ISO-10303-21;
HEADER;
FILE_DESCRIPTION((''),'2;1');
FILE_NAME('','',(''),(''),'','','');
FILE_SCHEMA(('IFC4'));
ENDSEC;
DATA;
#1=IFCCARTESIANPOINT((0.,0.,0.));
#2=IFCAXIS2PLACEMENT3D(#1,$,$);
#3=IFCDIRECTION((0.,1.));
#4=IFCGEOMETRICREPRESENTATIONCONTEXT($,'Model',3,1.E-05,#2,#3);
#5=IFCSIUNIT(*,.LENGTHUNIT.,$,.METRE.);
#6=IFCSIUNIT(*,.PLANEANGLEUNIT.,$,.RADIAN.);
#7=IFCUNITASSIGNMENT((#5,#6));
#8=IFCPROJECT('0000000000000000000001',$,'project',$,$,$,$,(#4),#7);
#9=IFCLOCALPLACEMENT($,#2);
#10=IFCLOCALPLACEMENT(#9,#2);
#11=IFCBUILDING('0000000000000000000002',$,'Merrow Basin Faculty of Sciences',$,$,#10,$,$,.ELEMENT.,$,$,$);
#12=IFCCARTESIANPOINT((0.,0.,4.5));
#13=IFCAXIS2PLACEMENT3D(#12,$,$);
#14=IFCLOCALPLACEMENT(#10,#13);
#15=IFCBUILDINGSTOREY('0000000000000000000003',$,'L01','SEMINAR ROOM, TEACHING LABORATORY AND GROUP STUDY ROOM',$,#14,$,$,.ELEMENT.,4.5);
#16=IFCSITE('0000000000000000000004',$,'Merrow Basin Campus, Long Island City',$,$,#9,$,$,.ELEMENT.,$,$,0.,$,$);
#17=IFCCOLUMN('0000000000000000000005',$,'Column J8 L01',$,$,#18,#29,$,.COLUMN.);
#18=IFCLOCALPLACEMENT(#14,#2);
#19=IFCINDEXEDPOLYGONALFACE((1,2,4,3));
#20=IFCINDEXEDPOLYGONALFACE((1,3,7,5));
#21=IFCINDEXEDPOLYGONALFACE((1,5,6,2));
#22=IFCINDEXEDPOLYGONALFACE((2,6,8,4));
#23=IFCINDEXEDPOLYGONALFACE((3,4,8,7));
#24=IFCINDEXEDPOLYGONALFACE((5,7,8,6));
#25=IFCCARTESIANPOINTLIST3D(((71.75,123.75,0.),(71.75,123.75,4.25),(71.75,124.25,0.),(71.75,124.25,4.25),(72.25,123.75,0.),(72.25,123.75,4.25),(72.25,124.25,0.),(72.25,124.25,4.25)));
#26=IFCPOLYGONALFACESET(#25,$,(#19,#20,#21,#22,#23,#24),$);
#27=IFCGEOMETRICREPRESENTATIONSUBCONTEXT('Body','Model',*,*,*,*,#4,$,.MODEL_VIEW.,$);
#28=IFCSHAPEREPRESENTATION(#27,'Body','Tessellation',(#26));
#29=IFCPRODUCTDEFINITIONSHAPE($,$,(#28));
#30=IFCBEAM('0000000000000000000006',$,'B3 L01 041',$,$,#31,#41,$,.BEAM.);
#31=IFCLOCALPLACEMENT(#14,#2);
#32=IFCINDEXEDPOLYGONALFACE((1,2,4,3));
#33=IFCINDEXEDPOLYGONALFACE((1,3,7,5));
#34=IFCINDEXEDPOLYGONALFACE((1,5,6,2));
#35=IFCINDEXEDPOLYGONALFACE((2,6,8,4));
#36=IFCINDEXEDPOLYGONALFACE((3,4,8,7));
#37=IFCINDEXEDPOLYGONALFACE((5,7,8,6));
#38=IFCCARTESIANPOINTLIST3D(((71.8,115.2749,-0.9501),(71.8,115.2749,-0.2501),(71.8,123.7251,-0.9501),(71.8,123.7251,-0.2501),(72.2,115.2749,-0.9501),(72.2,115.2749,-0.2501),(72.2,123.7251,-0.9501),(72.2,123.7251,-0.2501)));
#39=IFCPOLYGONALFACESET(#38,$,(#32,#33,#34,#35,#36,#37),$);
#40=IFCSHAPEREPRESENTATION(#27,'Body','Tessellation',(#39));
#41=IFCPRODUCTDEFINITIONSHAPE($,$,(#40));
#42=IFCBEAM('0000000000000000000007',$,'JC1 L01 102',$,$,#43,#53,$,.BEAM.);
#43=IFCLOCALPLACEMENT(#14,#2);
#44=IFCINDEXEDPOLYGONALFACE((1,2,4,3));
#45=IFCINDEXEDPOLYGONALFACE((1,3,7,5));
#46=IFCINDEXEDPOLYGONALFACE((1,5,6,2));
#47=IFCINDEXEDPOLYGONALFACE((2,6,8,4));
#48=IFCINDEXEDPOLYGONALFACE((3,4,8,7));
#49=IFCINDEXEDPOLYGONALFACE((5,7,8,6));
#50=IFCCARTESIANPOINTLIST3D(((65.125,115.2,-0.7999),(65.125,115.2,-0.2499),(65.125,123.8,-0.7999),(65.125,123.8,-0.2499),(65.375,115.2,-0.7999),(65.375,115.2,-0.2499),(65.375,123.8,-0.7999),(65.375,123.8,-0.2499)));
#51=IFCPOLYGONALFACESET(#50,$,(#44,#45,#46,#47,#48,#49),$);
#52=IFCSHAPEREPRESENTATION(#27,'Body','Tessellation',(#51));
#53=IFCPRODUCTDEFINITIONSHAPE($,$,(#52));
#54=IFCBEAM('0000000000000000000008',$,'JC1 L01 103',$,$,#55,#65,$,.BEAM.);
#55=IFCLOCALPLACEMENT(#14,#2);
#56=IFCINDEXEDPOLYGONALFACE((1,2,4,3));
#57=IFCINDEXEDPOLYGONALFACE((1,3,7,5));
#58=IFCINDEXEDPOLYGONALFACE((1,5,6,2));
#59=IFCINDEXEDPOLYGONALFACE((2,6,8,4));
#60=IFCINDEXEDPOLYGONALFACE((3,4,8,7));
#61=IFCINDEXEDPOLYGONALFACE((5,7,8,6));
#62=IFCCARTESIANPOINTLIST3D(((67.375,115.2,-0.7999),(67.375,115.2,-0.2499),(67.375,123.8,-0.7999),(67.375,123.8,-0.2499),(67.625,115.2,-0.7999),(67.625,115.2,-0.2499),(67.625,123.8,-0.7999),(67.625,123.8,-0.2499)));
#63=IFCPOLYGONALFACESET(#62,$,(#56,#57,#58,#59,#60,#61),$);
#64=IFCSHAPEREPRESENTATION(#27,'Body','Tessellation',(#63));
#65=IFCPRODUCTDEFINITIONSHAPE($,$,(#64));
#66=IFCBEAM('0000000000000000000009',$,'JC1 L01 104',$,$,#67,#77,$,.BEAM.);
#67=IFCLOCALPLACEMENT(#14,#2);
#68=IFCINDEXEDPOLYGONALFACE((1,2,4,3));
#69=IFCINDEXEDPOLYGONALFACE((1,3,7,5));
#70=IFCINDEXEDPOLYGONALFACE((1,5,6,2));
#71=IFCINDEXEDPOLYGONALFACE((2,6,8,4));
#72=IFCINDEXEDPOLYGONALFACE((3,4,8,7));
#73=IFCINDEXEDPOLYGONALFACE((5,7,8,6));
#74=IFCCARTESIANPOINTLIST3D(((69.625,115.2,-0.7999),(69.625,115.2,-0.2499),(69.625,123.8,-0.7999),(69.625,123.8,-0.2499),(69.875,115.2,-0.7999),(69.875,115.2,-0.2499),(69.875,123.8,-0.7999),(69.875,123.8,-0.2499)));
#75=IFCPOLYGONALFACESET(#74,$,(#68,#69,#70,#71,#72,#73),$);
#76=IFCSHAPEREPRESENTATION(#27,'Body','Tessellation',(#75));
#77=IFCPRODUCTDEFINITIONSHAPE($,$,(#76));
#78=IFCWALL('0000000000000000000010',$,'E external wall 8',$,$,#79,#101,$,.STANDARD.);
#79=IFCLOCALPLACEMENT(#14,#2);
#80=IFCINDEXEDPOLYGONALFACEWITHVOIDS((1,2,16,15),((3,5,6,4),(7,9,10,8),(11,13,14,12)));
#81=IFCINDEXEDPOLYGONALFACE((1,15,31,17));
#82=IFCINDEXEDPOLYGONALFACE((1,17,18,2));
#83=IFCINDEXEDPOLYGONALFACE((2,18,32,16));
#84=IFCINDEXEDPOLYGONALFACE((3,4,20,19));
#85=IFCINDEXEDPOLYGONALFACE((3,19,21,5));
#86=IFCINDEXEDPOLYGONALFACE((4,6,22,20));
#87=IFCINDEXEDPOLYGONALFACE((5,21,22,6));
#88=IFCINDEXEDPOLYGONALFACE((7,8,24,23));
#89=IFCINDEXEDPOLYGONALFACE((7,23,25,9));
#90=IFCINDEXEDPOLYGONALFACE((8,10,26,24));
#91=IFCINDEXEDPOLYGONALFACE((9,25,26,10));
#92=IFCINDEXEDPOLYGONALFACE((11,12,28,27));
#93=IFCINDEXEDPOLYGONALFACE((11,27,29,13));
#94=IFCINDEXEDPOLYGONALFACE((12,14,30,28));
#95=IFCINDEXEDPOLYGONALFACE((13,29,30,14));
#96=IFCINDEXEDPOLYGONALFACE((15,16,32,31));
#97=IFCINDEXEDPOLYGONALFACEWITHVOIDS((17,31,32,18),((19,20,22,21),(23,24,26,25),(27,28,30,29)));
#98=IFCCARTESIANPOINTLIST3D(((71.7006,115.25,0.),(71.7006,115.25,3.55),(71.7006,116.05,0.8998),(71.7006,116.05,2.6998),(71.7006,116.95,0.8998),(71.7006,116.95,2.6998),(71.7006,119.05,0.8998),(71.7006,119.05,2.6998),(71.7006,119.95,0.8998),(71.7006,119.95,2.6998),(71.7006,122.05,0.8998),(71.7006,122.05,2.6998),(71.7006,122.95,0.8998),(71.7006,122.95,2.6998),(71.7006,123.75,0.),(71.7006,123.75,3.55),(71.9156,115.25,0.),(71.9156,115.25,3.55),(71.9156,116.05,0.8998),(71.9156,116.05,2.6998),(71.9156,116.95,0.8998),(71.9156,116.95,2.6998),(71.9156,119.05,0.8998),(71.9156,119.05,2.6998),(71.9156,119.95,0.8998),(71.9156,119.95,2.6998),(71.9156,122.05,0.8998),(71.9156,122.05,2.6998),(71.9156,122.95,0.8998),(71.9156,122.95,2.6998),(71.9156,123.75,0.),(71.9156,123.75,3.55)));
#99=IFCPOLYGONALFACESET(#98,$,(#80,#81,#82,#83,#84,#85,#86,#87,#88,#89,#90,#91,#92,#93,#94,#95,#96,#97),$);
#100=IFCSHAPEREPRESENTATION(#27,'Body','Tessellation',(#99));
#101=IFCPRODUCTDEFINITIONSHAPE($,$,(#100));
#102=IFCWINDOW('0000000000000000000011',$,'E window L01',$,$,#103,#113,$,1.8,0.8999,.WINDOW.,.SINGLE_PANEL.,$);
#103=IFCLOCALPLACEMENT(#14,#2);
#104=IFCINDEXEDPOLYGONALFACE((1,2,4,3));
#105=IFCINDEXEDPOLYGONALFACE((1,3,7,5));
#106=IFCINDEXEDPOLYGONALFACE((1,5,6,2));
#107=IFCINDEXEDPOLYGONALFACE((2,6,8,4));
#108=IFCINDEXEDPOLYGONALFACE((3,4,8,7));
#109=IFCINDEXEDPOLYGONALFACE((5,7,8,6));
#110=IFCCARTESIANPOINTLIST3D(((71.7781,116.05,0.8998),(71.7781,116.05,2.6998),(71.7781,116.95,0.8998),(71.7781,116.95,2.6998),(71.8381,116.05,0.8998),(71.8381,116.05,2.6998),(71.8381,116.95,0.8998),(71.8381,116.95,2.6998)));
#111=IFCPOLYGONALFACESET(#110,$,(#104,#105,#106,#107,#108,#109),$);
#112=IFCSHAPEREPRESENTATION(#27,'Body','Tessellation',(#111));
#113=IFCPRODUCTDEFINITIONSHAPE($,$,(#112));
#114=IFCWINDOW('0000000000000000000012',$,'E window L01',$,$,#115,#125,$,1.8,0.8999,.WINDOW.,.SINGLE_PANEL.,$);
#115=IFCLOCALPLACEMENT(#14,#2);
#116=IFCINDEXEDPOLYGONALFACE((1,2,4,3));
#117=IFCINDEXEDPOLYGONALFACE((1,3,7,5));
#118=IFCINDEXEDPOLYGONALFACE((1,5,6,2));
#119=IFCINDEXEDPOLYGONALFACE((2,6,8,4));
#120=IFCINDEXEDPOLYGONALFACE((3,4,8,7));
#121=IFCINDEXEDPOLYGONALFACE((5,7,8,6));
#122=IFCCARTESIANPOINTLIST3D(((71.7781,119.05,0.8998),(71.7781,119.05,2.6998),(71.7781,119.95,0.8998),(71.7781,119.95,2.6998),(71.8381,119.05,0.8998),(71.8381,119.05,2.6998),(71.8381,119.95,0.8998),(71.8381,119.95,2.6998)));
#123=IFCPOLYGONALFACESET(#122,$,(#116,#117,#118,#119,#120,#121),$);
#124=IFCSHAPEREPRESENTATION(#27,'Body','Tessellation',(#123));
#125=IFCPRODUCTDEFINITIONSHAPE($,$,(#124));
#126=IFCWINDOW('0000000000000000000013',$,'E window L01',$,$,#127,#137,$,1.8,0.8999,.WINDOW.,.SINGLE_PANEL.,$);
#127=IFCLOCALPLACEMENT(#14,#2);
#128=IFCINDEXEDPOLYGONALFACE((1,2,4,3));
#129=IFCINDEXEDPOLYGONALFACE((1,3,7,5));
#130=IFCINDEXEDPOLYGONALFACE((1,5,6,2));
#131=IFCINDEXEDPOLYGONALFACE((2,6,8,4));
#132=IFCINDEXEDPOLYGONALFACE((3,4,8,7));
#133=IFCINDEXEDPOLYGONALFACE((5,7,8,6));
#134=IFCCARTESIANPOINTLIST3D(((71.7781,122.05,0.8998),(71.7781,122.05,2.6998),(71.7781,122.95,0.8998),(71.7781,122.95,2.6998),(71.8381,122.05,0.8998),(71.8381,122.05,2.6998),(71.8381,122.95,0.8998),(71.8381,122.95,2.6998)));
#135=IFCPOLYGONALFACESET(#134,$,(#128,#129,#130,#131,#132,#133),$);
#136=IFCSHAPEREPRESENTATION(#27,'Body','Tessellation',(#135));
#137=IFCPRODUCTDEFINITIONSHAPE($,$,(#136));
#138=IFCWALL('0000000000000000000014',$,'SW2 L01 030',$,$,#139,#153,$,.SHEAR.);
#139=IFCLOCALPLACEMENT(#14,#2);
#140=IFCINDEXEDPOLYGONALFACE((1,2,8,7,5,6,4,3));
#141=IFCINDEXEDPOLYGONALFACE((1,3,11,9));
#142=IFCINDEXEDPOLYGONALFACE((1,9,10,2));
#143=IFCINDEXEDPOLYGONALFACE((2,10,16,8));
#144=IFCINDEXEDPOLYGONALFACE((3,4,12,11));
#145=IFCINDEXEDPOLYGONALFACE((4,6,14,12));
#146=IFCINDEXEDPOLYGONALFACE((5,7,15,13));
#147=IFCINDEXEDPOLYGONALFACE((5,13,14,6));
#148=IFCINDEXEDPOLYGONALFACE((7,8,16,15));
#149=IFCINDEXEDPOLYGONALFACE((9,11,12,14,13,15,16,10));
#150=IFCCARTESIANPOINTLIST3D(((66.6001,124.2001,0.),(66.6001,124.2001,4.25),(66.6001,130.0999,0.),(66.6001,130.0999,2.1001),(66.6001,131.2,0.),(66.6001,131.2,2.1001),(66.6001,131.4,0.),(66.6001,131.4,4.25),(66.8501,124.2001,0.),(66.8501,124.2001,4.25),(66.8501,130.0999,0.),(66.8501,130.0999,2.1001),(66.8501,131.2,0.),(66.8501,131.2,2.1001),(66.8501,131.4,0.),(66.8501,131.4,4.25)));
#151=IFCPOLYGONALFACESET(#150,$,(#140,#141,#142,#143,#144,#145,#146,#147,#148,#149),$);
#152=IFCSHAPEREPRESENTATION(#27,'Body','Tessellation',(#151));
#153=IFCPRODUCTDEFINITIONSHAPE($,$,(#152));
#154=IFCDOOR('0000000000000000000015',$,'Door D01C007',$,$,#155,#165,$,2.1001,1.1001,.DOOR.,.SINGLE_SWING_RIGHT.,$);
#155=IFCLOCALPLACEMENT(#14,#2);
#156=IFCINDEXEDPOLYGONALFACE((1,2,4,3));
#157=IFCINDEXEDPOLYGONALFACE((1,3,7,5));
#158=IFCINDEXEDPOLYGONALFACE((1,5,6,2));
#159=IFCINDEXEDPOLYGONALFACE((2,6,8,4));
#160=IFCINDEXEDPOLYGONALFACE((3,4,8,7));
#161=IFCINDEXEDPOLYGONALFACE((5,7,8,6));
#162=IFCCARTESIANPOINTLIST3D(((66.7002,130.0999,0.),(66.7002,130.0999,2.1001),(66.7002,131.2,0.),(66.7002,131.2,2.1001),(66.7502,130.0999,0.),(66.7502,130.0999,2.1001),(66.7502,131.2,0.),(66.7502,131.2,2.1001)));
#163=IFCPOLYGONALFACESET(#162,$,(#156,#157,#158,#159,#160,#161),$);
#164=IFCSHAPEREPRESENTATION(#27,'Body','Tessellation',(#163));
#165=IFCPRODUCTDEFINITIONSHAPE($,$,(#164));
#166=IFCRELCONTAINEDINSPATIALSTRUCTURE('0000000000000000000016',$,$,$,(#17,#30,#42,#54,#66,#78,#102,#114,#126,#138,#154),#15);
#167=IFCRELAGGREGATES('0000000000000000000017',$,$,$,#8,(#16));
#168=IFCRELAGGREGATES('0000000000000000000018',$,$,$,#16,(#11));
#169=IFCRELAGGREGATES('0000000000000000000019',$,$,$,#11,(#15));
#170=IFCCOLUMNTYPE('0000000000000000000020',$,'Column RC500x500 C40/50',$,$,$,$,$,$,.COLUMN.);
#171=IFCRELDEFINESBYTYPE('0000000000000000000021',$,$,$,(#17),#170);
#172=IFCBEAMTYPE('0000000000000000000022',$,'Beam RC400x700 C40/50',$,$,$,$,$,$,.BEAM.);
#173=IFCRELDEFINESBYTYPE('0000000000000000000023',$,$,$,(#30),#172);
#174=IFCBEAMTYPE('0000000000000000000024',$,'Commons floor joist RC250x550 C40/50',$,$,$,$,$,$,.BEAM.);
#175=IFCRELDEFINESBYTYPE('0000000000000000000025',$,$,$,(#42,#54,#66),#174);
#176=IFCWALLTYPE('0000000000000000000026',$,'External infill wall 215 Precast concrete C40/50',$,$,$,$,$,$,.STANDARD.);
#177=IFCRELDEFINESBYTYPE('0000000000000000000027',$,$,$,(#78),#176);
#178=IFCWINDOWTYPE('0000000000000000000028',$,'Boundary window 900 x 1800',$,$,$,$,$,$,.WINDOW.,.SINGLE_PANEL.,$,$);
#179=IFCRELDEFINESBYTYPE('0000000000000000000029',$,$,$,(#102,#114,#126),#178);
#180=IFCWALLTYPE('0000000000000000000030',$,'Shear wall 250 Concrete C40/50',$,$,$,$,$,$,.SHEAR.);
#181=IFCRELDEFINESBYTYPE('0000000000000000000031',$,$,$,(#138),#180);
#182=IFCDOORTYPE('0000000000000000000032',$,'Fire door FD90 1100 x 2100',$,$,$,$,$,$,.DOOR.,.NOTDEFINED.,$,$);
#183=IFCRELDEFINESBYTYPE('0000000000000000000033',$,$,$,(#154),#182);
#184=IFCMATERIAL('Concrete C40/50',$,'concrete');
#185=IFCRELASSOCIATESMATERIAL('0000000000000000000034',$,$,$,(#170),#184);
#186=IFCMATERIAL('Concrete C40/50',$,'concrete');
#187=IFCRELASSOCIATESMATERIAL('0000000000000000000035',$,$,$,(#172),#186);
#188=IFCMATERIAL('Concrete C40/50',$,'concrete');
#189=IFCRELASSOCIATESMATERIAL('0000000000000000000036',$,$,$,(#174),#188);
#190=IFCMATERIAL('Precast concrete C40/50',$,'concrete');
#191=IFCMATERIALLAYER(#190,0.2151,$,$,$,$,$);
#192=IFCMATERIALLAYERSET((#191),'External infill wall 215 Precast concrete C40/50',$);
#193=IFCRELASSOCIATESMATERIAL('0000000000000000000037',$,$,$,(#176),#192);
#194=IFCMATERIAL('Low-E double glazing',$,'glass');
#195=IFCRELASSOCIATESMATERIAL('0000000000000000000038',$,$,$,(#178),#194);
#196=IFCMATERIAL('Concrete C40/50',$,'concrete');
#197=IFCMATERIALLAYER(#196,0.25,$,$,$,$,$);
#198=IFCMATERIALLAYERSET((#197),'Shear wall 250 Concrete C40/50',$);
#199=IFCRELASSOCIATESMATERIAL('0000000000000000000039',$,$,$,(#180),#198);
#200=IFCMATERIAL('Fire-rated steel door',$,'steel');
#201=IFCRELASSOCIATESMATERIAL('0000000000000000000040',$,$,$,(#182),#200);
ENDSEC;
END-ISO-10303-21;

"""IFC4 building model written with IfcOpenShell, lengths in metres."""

from ifc_helpers import new_model, si_unit, direction, frame, frame_2d, origin, origin_2d, place, context, subcontext, project, spatial, rectangle, extrude, material, layer, layer_set, material_profile, profile_set, type_object, element, fill, save


model = new_model("IFC4")

# Units and contexts
model_context = context("Model", 3, precision=1e-05, world=origin(), true_north=direction((0.0, 1.0)))
body_context = subcontext(model_context, "Body", "Model", "MODEL_VIEW")
ifc_project = project(units=[si_unit("LENGTHUNIT", "METRE"), si_unit("PLANEANGLEUNIT", "RADIAN")], contexts=[model_context])

# Site, building, storey
site_placement = place(None, origin())
site = spatial("IfcSite", under=ifc_project, at=site_placement, Name="Merrow Basin Campus, Long Island City", CompositionType="ELEMENT", RefElevation=0.0)
building_placement = place(site_placement, origin())
building = spatial("IfcBuilding", under=site, at=building_placement, Name="Merrow Basin Faculty of Sciences", CompositionType="ELEMENT")
storey_placement = place(building_placement, frame((0.0, 0.0, 4.5)))
storey = spatial("IfcBuildingStorey", under=building, at=storey_placement, Name="L01", Description="SEMINAR ROOM, TEACHING LABORATORY AND GROUP STUDY ROOM", CompositionType="ELEMENT", Elevation=4.5)

# Column
ifc_material_1 = material(Name="Concrete C40/50", Category="concrete")
ifc_material_profile_1 = material_profile(ifc_material_1, rectangle(XDim=0.5, YDim=0.5, at=origin_2d()))
ifc_profile_set_1 = profile_set([ifc_material_profile_1], Name="Concrete C40/50")
column_type = type_object("IfcColumnType", Name="Column RC500x500 C40/50", PredefinedType="COLUMN", material=ifc_profile_set_1)
column_placement = place(storey_placement, frame((72.0, 124.0, 0.0), z_axis=(0.0, 0.0, 1.0), x_axis=(1.0, 0.0, 0.0)))
element("IfcColumn", 1, at=column_placement, inside=storey, type_object=column_type, Name="Column J8 L01", PredefinedType="COLUMN", context=body_context, shape_type="SweptSolid", body=[
    extrude(rectangle(XDim=0.5, YDim=0.5, at=origin_2d()), origin(), (0.0, 0.0, 1.0), 4.25),
])

# Beams
ifc_material_2 = material(Name="Concrete C40/50", Category="concrete")
ifc_material_profile_2 = material_profile(ifc_material_2, rectangle(XDim=0.3999, YDim=0.7, at=origin_2d()))
ifc_profile_set_2 = profile_set([ifc_material_profile_2], Name="Concrete C40/50")
beam_type_1 = type_object("IfcBeamType", Name="Beam RC400x700 C40/50", PredefinedType="BEAM", material=ifc_profile_set_2)
beam_placement = place(storey_placement, frame((72.0, 115.2749, -0.6001), z_axis=(0.0, 1.0, 0.0), x_axis=(-1.0, 0.0, 0.0)))
element("IfcBeam", 2, at=beam_placement, inside=storey, type_object=beam_type_1, Name="B3 L01 041", PredefinedType="BEAM", context=body_context, shape_type="SweptSolid", body=[
    extrude(rectangle(XDim=0.3999, YDim=0.7, at=origin_2d()), origin(), (0.0, 0.0, 1.0), 8.4502),
])
ifc_material_3 = material(Name="Concrete C40/50", Category="concrete")
ifc_material_profile_3 = material_profile(ifc_material_3, rectangle(XDim=0.25, YDim=0.55, at=origin_2d()))
ifc_profile_set_3 = profile_set([ifc_material_profile_3], Name="Concrete C40/50")
beam_type_2 = type_object("IfcBeamType", Name="Commons floor joist RC250x550 C40/50", PredefinedType="BEAM", material=ifc_profile_set_3)
for number, where, z_axis, x_axis, name in (
    (3, (65.25, 115.2, -0.5249), (0.0, 1.0, 0.0), (-1.0, 0.0, 0.0), "JC1 L01 102"),
    (4, (67.5, 115.2, -0.5249), (0.0, 1.0, 0.0), (-1.0, 0.0, 0.0), "JC1 L01 103"),
    (5, (69.75, 115.2, -0.5249), (0.0, 1.0, 0.0), (-1.0, 0.0, 0.0), "JC1 L01 104"),
):
    element("IfcBeam", number, at=place(storey_placement, frame(where, z_axis=z_axis, x_axis=x_axis)), inside=storey, type_object=beam_type_2, Name=name, PredefinedType="BEAM", context=body_context, shape_type="SweptSolid", body=[
        extrude(rectangle(XDim=0.25, YDim=0.55, at=origin_2d()), origin(), (0.0, 0.0, 1.0), 8.6001),
    ])

# Wall, openings, windows
ifc_material_4 = material(Name="Precast concrete C40/50", Category="concrete")
ifc_layer_1 = layer(ifc_material_4, 0.2151)
ifc_layer_set_1 = layer_set([ifc_layer_1], Name="External infill wall 215 Precast concrete C40/50")
wall_type_1 = type_object("IfcWallType", Name="External infill wall 215 Precast concrete C40/50", PredefinedType="STANDARD", material=ifc_layer_set_1)
wall_1_placement = place(storey_placement, frame((71.8081, 123.75, 0.0), z_axis=(0.0, 0.0, 1.0), x_axis=(0.0, -1.0, 0.0)))
wall_1 = element("IfcWall", 6, at=wall_1_placement, inside=storey, type_object=wall_type_1, Name="E external wall 8", PredefinedType="STANDARD", context=body_context, shape_type="SweptSolid", body=[
    extrude(rectangle(XDim=8.5, YDim=0.2151, at=frame_2d((4.25, 0.0))), origin(), (0.0, 0.0, 1.0), 3.55),
])
opening_1_placement = place(wall_1_placement, frame((6.8, 0.0, 0.8999)))
opening_1 = element("IfcOpeningElement", 7, at=opening_1_placement, cuts=wall_1, PredefinedType="OPENING", context=body_context, shape_type="SweptSolid", body=[
    extrude(rectangle(XDim=0.8999, YDim=1.8, at=frame_2d((0.45, 0.8999))), frame((0.0, 0.1174, 0.0), z_axis=(0.0, -1.0, 0.0), x_axis=(1.0, 0.0, 0.0)), (0.0, 0.0, 1.0), 0.2351),
])
opening_2_placement = place(wall_1_placement, frame((3.8, 0.0, 0.8999)))
opening_2 = element("IfcOpeningElement", 8, at=opening_2_placement, cuts=wall_1, PredefinedType="OPENING", context=body_context, shape_type="SweptSolid", body=[
    extrude(rectangle(XDim=0.8999, YDim=1.8, at=frame_2d((0.45, 0.8999))), frame((0.0, 0.1174, 0.0), z_axis=(0.0, -1.0, 0.0), x_axis=(1.0, 0.0, 0.0)), (0.0, 0.0, 1.0), 0.2351),
])
opening_3_placement = place(wall_1_placement, frame((0.8, 0.0, 0.8999)))
opening_3 = element("IfcOpeningElement", 9, at=opening_3_placement, cuts=wall_1, PredefinedType="OPENING", context=body_context, shape_type="SweptSolid", body=[
    extrude(rectangle(XDim=0.8999, YDim=1.8, at=frame_2d((0.45, 0.8999))), frame((0.0, 0.1174, 0.0), z_axis=(0.0, -1.0, 0.0), x_axis=(1.0, 0.0, 0.0)), (0.0, 0.0, 1.0), 0.2351),
])
ifc_material_5 = material(Name="Low-E double glazing", Category="glass")
window_type = type_object("IfcWindowType", Name="Boundary window 900 x 1800", PartitioningType="SINGLE_PANEL", PredefinedType="WINDOW", material=ifc_material_5)
window_1_placement = place(opening_1_placement, origin())
window_1 = element("IfcWindow", 10, at=window_1_placement, inside=storey, type_object=window_type, Name="E window L01", OverallHeight=1.8, OverallWidth=0.8999, PartitioningType="SINGLE_PANEL", PredefinedType="WINDOW", context=body_context, shape_type="SweptSolid", body=[
    extrude(rectangle(XDim=0.8999, YDim=1.8, at=frame_2d((0.45, 0.8999))), frame((0.0, 0.03, 0.0), z_axis=(0.0, -1.0, 0.0), x_axis=(1.0, 0.0, 0.0)), (0.0, 0.0, 1.0), 0.0601),
])
fill(opening_1, window_1)
window_2_placement = place(opening_2_placement, origin())
window_2 = element("IfcWindow", 11, at=window_2_placement, inside=storey, type_object=window_type, Name="E window L01", OverallHeight=1.8, OverallWidth=0.8999, PartitioningType="SINGLE_PANEL", PredefinedType="WINDOW", context=body_context, shape_type="SweptSolid", body=[
    extrude(rectangle(XDim=0.8999, YDim=1.8, at=frame_2d((0.45, 0.8999))), frame((0.0, 0.03, 0.0), z_axis=(0.0, -1.0, 0.0), x_axis=(1.0, 0.0, 0.0)), (0.0, 0.0, 1.0), 0.0601),
])
fill(opening_2, window_2)
window_3_placement = place(opening_3_placement, origin())
window_3 = element("IfcWindow", 12, at=window_3_placement, inside=storey, type_object=window_type, Name="E window L01", OverallHeight=1.8, OverallWidth=0.8999, PartitioningType="SINGLE_PANEL", PredefinedType="WINDOW", context=body_context, shape_type="SweptSolid", body=[
    extrude(rectangle(XDim=0.8999, YDim=1.8, at=frame_2d((0.45, 0.8999))), frame((0.0, 0.03, 0.0), z_axis=(0.0, -1.0, 0.0), x_axis=(1.0, 0.0, 0.0)), (0.0, 0.0, 1.0), 0.0601),
])
fill(opening_3, window_3)

# Wall, opening, door
ifc_material_6 = material(Name="Concrete C40/50", Category="concrete")
ifc_layer_2 = layer(ifc_material_6, 0.25)
ifc_layer_set_2 = layer_set([ifc_layer_2], Name="Shear wall 250 Concrete C40/50")
wall_type_2 = type_object("IfcWallType", Name="Shear wall 250 Concrete C40/50", PredefinedType="SHEAR", material=ifc_layer_set_2)
wall_2_placement = place(storey_placement, frame((66.7251, 124.2, 0.0), z_axis=(0.0, 0.0, 1.0), x_axis=(0.0, 1.0, 0.0)))
wall_2 = element("IfcWall", 13, at=wall_2_placement, inside=storey, type_object=wall_type_2, Name="SW2 L01 030", PredefinedType="SHEAR", context=body_context, shape_type="SweptSolid", body=[
    extrude(rectangle(XDim=7.2, YDim=0.25, at=frame_2d((3.6001, 0.0))), origin(), (0.0, 0.0, 1.0), 4.25),
])
opening_4_placement = place(wall_2_placement, frame((5.8999, 0.0, 0.0)))
opening_4 = element("IfcOpeningElement", 14, at=opening_4_placement, cuts=wall_2, PredefinedType="OPENING", context=body_context, shape_type="SweptSolid", body=[
    extrude(rectangle(XDim=1.1001, YDim=2.1001, at=frame_2d((0.55, 1.05))), frame((0.0, 0.135, 0.0), z_axis=(0.0, -1.0, 0.0), x_axis=(1.0, 0.0, 0.0)), (0.0, 0.0, 1.0), 0.27),
])
ifc_material_7 = material(Name="Fire-rated steel door", Category="steel")
door_type_1 = type_object("IfcDoorType", Name="Fire door FD90 1100 x 2100", OperationType="NOTDEFINED", PredefinedType="DOOR", material=ifc_material_7)
door_1_placement = place(opening_4_placement, origin())
door_1 = element("IfcDoor", 15, at=door_1_placement, inside=storey, type_object=door_type_1, Name="Door D01C007", OperationType="SINGLE_SWING_RIGHT", OverallHeight=2.1001, OverallWidth=1.1001, PredefinedType="DOOR", context=body_context, shape_type="SweptSolid", body=[
    extrude(rectangle(XDim=1.1001, YDim=2.1001, at=frame_2d((0.55, 1.05))), frame((0.0, 0.0249, 0.0), z_axis=(0.0, -1.0, 0.0), x_axis=(1.0, 0.0, 0.0)), (0.0, 0.0, 1.0), 0.05),
])
fill(opening_4, door_1)

save(model, "model.ifc")
